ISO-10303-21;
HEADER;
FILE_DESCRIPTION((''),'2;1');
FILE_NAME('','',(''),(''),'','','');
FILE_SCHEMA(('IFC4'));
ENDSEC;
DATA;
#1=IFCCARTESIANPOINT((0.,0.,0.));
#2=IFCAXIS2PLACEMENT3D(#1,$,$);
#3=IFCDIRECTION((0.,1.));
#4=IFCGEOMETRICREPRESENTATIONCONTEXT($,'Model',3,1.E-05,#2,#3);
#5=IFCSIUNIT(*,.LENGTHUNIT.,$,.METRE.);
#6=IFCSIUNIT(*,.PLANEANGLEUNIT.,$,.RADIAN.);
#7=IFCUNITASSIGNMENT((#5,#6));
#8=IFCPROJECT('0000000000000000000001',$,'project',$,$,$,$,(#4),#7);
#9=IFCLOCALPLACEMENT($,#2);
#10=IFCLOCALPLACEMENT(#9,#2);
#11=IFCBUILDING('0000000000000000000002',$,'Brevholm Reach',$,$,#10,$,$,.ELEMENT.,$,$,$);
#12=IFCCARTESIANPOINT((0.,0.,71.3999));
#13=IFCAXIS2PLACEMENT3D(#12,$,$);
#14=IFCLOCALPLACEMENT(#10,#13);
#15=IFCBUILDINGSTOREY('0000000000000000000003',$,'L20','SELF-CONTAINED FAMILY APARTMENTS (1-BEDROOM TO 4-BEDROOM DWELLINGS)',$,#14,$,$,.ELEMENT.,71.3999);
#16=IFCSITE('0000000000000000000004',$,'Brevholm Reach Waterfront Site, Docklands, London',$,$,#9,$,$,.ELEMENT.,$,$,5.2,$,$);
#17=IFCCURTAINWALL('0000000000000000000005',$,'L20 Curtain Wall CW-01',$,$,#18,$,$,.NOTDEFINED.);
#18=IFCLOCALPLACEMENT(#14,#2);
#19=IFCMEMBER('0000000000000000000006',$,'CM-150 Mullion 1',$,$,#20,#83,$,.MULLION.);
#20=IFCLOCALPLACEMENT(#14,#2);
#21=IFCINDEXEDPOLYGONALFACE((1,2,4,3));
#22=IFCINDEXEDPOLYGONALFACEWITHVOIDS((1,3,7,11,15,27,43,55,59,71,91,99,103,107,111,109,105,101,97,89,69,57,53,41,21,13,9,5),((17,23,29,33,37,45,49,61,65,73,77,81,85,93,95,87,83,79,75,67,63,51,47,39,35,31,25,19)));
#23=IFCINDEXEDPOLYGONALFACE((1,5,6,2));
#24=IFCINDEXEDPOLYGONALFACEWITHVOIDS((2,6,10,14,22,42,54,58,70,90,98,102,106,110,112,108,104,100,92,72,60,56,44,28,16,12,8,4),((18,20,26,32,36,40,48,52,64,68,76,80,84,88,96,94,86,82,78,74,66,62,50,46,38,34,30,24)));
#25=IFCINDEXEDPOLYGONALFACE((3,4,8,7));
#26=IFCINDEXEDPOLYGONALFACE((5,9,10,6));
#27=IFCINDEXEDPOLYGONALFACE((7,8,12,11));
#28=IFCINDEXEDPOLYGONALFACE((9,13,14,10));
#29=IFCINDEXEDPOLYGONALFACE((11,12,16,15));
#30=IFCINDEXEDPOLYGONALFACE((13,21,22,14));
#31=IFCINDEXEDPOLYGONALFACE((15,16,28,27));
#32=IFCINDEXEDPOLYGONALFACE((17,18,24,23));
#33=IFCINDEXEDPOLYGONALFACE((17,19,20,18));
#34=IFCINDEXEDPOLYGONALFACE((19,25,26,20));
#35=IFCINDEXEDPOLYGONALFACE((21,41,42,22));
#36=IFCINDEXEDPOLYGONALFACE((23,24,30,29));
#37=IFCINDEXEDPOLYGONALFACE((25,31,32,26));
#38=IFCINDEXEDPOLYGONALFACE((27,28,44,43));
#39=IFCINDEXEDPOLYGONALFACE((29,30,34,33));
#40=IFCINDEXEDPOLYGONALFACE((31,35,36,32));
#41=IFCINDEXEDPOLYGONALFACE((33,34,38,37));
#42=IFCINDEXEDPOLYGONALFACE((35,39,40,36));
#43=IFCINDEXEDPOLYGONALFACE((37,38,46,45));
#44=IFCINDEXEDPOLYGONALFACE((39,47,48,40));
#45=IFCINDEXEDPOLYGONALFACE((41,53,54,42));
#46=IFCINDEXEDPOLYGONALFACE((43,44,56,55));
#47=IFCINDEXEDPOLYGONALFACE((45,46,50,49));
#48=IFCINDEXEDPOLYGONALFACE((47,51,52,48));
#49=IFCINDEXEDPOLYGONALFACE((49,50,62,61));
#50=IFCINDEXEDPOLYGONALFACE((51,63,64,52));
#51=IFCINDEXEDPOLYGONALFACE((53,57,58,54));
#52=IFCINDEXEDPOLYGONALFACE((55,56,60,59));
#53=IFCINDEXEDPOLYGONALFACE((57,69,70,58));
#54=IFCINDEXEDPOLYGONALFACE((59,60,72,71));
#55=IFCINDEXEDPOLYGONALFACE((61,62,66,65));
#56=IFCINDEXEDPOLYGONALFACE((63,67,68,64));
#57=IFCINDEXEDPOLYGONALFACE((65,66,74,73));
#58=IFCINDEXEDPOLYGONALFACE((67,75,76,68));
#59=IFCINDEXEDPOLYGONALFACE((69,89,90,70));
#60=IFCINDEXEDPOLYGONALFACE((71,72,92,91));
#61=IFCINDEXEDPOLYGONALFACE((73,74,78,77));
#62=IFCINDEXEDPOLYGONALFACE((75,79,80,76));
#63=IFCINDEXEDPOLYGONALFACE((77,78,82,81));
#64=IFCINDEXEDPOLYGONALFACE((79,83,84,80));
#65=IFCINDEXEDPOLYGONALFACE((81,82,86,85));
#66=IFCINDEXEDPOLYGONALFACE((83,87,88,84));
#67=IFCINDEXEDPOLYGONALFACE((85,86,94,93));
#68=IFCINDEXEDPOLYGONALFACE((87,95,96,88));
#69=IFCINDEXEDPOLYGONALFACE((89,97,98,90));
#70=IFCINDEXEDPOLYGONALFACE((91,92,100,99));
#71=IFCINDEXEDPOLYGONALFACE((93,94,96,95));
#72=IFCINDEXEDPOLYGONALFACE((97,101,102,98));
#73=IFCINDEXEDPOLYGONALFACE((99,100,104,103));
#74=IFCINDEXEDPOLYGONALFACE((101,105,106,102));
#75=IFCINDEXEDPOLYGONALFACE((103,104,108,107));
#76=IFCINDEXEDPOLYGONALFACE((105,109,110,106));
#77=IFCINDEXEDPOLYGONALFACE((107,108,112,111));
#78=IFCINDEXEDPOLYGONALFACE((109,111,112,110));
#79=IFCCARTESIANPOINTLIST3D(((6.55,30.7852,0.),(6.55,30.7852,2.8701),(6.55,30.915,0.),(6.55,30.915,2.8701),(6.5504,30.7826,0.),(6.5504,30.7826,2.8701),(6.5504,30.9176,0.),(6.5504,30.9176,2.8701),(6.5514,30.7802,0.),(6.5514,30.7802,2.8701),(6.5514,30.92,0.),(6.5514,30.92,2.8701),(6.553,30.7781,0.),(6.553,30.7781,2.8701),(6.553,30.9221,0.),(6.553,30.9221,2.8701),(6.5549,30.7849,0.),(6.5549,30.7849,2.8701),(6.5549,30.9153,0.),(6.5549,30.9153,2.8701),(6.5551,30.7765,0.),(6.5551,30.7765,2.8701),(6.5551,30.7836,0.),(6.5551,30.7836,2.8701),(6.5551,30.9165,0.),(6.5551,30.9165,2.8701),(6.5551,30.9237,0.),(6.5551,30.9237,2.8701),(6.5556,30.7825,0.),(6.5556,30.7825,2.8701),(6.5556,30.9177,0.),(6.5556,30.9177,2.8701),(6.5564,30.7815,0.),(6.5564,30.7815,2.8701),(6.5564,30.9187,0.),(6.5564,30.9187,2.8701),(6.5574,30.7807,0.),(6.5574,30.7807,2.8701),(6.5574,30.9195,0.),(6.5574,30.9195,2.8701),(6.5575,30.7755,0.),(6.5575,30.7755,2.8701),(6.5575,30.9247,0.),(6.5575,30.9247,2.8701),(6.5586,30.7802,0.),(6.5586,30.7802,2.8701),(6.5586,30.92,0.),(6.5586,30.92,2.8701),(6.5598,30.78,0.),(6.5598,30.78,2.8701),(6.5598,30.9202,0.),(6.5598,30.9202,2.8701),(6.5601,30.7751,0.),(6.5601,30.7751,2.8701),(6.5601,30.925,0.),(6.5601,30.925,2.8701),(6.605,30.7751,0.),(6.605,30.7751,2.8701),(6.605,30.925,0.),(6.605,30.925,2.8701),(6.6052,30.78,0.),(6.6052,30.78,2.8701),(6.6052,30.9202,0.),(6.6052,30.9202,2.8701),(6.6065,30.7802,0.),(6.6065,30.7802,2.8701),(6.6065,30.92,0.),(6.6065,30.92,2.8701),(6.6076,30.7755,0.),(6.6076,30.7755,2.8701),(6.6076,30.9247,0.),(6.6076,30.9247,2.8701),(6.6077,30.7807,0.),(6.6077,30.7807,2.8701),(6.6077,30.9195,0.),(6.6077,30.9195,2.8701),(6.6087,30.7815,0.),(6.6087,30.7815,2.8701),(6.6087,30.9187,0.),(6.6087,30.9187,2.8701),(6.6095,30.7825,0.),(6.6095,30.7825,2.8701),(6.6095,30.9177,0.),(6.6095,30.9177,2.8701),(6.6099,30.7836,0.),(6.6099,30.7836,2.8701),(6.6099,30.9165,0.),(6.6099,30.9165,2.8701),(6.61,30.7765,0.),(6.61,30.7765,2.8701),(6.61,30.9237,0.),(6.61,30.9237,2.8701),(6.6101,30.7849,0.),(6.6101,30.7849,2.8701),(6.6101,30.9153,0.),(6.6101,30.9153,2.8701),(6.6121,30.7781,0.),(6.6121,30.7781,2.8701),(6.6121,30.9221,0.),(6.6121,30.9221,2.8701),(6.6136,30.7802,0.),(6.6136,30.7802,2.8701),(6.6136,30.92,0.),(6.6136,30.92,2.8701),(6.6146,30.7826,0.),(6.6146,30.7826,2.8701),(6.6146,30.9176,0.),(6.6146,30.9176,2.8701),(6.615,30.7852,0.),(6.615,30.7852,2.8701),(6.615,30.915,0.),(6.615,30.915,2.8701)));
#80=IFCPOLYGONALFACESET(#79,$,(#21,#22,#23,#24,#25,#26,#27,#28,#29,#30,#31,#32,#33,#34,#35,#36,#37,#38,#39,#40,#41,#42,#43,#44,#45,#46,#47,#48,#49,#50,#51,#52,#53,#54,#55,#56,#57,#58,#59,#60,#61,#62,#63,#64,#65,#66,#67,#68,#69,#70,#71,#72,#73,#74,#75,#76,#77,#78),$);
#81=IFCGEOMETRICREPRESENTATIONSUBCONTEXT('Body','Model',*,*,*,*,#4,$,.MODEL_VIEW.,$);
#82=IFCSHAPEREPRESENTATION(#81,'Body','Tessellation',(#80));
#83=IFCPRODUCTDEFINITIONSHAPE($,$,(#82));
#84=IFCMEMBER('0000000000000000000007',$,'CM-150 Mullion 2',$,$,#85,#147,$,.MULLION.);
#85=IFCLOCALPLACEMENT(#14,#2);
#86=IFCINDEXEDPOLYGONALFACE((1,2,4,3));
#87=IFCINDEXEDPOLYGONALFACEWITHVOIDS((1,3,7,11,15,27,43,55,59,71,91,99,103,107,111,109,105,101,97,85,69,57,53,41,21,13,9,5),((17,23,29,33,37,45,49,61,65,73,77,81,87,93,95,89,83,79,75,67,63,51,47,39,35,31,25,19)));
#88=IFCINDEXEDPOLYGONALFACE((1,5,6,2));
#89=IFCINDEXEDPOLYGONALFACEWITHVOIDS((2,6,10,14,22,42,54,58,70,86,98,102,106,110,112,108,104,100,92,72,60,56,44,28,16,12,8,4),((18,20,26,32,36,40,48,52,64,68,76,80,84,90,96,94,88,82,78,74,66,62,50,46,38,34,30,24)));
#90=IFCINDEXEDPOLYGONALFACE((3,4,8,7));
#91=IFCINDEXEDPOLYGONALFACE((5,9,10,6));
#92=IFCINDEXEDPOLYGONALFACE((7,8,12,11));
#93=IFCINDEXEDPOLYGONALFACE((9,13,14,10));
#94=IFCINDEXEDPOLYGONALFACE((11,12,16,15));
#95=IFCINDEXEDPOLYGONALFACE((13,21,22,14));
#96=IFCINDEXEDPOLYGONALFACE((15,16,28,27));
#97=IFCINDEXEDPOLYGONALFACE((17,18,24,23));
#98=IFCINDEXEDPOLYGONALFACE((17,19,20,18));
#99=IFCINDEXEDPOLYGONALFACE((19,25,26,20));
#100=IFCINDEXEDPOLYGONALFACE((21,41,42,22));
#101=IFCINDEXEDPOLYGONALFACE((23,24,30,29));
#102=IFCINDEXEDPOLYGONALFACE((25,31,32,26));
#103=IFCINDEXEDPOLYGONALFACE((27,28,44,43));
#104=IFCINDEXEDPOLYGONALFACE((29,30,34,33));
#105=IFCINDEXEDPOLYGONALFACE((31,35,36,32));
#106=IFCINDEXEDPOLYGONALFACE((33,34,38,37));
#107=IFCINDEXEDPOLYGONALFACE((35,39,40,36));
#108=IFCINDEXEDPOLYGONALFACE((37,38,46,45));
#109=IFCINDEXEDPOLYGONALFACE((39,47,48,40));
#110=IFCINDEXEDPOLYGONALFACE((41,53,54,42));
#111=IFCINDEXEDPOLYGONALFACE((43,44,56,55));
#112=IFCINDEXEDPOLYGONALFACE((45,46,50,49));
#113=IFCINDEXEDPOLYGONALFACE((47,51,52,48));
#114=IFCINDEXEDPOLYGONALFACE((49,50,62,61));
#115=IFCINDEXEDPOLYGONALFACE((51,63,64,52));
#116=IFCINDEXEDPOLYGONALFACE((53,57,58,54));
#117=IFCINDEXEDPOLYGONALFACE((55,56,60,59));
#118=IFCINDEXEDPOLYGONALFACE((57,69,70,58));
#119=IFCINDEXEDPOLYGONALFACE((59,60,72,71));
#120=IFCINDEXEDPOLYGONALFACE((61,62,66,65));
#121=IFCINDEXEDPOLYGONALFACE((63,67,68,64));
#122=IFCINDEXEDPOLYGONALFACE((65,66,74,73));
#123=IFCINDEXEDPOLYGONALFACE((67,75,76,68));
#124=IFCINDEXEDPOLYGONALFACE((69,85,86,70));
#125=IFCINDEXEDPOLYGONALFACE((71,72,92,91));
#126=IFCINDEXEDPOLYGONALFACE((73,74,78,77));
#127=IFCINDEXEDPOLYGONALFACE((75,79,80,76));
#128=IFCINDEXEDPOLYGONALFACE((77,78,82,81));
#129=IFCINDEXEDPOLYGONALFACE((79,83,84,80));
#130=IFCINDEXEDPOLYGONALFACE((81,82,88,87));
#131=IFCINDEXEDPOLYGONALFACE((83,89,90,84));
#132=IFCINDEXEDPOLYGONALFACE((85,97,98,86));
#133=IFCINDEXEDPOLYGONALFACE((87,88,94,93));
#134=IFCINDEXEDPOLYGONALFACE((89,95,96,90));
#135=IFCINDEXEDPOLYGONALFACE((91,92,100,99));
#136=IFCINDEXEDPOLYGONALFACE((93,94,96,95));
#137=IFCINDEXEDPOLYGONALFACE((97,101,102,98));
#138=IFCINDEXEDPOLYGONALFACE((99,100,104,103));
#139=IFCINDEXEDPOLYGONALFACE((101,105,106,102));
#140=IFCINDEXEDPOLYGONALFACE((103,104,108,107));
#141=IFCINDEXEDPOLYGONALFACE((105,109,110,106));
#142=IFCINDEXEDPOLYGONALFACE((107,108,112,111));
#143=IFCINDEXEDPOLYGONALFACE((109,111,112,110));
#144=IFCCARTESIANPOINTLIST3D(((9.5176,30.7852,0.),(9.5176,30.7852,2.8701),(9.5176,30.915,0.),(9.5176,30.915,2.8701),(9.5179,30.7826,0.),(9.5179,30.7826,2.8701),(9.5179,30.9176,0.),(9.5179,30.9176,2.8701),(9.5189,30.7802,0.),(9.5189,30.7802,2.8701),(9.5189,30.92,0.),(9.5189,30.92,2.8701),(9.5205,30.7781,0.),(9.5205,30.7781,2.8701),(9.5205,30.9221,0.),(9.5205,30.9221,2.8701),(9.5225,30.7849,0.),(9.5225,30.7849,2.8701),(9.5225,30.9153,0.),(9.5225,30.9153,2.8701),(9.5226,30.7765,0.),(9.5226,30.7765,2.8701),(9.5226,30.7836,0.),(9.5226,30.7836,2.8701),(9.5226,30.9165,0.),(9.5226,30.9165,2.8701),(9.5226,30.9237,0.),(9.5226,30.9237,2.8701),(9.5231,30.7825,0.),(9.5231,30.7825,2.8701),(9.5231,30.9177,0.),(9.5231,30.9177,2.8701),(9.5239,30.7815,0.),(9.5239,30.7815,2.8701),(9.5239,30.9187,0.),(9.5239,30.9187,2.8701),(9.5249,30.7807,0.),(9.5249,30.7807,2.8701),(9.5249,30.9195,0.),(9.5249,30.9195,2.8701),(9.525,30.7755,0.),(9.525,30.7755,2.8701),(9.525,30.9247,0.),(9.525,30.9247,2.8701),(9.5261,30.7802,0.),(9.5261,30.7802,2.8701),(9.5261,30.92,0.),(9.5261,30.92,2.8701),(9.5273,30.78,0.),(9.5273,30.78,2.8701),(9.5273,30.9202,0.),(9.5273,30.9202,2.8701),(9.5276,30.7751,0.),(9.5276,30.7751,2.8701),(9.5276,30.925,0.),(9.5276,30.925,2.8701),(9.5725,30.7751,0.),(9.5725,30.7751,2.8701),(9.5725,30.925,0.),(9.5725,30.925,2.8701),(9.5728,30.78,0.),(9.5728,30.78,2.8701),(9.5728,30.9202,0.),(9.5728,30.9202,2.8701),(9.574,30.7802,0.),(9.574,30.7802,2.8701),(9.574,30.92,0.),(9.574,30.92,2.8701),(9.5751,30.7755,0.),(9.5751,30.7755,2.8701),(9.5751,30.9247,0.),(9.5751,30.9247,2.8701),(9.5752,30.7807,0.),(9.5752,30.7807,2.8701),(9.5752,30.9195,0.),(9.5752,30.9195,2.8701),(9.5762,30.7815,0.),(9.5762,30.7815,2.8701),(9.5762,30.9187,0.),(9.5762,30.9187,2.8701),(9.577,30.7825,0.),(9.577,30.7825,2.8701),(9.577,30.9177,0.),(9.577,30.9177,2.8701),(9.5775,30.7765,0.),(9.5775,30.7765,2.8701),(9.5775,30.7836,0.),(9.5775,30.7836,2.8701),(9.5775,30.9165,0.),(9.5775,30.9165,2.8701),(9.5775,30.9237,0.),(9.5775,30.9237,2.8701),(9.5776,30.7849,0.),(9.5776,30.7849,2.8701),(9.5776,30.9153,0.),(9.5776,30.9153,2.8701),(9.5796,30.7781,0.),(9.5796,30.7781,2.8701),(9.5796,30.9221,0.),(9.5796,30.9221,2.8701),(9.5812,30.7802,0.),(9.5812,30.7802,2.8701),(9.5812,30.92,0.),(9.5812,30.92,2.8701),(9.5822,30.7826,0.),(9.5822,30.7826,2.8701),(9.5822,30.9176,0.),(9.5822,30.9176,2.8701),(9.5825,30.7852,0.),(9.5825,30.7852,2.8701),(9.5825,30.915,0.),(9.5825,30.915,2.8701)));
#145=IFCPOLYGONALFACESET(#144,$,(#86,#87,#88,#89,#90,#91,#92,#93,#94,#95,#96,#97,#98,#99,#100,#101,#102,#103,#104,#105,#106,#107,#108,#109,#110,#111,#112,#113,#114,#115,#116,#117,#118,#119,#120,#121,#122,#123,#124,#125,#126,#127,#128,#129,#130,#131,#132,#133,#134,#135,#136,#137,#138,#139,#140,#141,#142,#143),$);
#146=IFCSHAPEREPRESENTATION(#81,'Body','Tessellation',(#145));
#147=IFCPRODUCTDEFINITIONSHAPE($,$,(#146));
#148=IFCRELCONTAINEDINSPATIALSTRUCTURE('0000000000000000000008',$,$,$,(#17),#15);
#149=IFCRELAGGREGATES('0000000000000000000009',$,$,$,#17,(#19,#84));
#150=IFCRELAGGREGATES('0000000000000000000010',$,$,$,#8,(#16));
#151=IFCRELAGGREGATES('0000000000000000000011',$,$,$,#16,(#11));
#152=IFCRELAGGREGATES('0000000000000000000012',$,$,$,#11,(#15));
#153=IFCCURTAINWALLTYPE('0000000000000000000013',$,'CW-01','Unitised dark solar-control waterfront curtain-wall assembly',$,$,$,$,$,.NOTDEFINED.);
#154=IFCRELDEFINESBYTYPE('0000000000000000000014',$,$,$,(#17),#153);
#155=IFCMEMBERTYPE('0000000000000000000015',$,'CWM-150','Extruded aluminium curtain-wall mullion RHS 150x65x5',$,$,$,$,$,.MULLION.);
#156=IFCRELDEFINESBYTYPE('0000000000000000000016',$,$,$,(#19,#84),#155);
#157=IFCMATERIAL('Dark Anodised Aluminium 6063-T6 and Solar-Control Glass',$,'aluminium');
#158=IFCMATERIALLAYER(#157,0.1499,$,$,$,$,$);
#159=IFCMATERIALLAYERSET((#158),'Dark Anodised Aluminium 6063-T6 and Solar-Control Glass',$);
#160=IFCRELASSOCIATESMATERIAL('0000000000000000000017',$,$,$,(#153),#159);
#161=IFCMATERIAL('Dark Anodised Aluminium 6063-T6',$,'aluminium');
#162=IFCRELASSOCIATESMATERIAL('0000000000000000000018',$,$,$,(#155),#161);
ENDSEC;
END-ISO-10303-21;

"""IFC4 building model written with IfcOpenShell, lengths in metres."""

from ifc_helpers import new_model, si_unit, direction, frame, origin, origin_2d, place, context, subcontext, project, spatial, hollow_rectangle, extrude, material, layer, layer_set, material_profile, profile_set, type_object, element, aggregate, save


model = new_model("IFC4")

# Units and contexts
model_context = context("Model", 3, precision=1e-05, world=origin(), true_north=direction((0.0, 1.0)))
body_context = subcontext(model_context, "Body", "Model", "MODEL_VIEW")
ifc_project = project(units=[si_unit("LENGTHUNIT", "METRE"), si_unit("PLANEANGLEUNIT", "RADIAN")], contexts=[model_context])

# Site, building, storey
site_placement = place(None, origin())
site = spatial("IfcSite", under=ifc_project, at=site_placement, Name="Brevholm Reach Waterfront Site, Docklands, London", CompositionType="ELEMENT", RefElevation=5.2)
building_placement = place(site_placement, origin())
building = spatial("IfcBuilding", under=site, at=building_placement, Name="Brevholm Reach", CompositionType="ELEMENT")
storey_placement = place(building_placement, frame((0.0, 0.0, 71.3999)))
storey = spatial("IfcBuildingStorey", under=building, at=storey_placement, Name="L20", Description="SELF-CONTAINED FAMILY APARTMENTS (1-BEDROOM TO 4-BEDROOM DWELLINGS)", CompositionType="ELEMENT", Elevation=71.3999)

# Curtain wall, members
ifc_material_1 = material(Name="Dark Anodised Aluminium 6063-T6 and Solar-Control Glass", Category="aluminium")
ifc_layer_1 = layer(ifc_material_1, 0.1499)
ifc_layer_set_1 = layer_set([ifc_layer_1], Name="Dark Anodised Aluminium 6063-T6 and Solar-Control Glass")
curtain_wall_type = type_object("IfcCurtainWallType", Name="CW-01", Description="Unitised dark solar-control waterfront curtain-wall assembly", PredefinedType="NOTDEFINED", material=ifc_layer_set_1)
curtain_wall_placement = place(storey_placement, origin())
curtain_wall = element("IfcCurtainWall", 1, at=curtain_wall_placement, inside=storey, type_object=curtain_wall_type, Name="L20 Curtain Wall CW-01", PredefinedType="NOTDEFINED")
ifc_material_2 = material(Name="Dark Anodised Aluminium 6063-T6", Category="aluminium")
ifc_material_profile_1 = material_profile(ifc_material_2, hollow_rectangle(XDim=0.0649, YDim=0.1499, WallThickness=0.0049, InnerFilletRadius=0.0049, OuterFilletRadius=0.01, at=origin_2d()), Name="RHS 150x65x5")
ifc_profile_set_1 = profile_set([ifc_material_profile_1], Name="Dark Anodised Aluminium 6063-T6")
member_type_1 = type_object("IfcMemberType", Name="CWM-150", Description="Extruded aluminium curtain-wall mullion RHS 150x65x5", PredefinedType="MULLION", material=ifc_profile_set_1)
member_1_placement = place(storey_placement, frame((6.5825, 30.8501, 0.0), z_axis=(0.0, 0.0, 1.0), x_axis=(1.0, 0.0, 0.0)))
member_1 = element("IfcMember", 2, at=member_1_placement, type_object=member_type_1, Name="CM-150 Mullion 1", PredefinedType="MULLION", context=body_context, shape_type="SweptSolid", body=[
    extrude(hollow_rectangle(XDim=0.0649, YDim=0.1499, WallThickness=0.0049, InnerFilletRadius=0.0049, OuterFilletRadius=0.01, at=origin_2d()), origin(), (0.0, 0.0, 1.0), 2.8701),
])
member_2_placement = place(storey_placement, frame((9.55, 30.8501, 0.0), z_axis=(0.0, 0.0, 1.0), x_axis=(1.0, 0.0, 0.0)))
member_2 = element("IfcMember", 3, at=member_2_placement, type_object=member_type_1, Name="CM-150 Mullion 2", PredefinedType="MULLION", context=body_context, shape_type="SweptSolid", body=[
    extrude(hollow_rectangle(XDim=0.0649, YDim=0.1499, WallThickness=0.0049, InnerFilletRadius=0.0049, OuterFilletRadius=0.01, at=origin_2d()), origin(), (0.0, 0.0, 1.0), 2.8701),
])
aggregate(curtain_wall, [member_1, member_2])

save(model, "model.ifc")
